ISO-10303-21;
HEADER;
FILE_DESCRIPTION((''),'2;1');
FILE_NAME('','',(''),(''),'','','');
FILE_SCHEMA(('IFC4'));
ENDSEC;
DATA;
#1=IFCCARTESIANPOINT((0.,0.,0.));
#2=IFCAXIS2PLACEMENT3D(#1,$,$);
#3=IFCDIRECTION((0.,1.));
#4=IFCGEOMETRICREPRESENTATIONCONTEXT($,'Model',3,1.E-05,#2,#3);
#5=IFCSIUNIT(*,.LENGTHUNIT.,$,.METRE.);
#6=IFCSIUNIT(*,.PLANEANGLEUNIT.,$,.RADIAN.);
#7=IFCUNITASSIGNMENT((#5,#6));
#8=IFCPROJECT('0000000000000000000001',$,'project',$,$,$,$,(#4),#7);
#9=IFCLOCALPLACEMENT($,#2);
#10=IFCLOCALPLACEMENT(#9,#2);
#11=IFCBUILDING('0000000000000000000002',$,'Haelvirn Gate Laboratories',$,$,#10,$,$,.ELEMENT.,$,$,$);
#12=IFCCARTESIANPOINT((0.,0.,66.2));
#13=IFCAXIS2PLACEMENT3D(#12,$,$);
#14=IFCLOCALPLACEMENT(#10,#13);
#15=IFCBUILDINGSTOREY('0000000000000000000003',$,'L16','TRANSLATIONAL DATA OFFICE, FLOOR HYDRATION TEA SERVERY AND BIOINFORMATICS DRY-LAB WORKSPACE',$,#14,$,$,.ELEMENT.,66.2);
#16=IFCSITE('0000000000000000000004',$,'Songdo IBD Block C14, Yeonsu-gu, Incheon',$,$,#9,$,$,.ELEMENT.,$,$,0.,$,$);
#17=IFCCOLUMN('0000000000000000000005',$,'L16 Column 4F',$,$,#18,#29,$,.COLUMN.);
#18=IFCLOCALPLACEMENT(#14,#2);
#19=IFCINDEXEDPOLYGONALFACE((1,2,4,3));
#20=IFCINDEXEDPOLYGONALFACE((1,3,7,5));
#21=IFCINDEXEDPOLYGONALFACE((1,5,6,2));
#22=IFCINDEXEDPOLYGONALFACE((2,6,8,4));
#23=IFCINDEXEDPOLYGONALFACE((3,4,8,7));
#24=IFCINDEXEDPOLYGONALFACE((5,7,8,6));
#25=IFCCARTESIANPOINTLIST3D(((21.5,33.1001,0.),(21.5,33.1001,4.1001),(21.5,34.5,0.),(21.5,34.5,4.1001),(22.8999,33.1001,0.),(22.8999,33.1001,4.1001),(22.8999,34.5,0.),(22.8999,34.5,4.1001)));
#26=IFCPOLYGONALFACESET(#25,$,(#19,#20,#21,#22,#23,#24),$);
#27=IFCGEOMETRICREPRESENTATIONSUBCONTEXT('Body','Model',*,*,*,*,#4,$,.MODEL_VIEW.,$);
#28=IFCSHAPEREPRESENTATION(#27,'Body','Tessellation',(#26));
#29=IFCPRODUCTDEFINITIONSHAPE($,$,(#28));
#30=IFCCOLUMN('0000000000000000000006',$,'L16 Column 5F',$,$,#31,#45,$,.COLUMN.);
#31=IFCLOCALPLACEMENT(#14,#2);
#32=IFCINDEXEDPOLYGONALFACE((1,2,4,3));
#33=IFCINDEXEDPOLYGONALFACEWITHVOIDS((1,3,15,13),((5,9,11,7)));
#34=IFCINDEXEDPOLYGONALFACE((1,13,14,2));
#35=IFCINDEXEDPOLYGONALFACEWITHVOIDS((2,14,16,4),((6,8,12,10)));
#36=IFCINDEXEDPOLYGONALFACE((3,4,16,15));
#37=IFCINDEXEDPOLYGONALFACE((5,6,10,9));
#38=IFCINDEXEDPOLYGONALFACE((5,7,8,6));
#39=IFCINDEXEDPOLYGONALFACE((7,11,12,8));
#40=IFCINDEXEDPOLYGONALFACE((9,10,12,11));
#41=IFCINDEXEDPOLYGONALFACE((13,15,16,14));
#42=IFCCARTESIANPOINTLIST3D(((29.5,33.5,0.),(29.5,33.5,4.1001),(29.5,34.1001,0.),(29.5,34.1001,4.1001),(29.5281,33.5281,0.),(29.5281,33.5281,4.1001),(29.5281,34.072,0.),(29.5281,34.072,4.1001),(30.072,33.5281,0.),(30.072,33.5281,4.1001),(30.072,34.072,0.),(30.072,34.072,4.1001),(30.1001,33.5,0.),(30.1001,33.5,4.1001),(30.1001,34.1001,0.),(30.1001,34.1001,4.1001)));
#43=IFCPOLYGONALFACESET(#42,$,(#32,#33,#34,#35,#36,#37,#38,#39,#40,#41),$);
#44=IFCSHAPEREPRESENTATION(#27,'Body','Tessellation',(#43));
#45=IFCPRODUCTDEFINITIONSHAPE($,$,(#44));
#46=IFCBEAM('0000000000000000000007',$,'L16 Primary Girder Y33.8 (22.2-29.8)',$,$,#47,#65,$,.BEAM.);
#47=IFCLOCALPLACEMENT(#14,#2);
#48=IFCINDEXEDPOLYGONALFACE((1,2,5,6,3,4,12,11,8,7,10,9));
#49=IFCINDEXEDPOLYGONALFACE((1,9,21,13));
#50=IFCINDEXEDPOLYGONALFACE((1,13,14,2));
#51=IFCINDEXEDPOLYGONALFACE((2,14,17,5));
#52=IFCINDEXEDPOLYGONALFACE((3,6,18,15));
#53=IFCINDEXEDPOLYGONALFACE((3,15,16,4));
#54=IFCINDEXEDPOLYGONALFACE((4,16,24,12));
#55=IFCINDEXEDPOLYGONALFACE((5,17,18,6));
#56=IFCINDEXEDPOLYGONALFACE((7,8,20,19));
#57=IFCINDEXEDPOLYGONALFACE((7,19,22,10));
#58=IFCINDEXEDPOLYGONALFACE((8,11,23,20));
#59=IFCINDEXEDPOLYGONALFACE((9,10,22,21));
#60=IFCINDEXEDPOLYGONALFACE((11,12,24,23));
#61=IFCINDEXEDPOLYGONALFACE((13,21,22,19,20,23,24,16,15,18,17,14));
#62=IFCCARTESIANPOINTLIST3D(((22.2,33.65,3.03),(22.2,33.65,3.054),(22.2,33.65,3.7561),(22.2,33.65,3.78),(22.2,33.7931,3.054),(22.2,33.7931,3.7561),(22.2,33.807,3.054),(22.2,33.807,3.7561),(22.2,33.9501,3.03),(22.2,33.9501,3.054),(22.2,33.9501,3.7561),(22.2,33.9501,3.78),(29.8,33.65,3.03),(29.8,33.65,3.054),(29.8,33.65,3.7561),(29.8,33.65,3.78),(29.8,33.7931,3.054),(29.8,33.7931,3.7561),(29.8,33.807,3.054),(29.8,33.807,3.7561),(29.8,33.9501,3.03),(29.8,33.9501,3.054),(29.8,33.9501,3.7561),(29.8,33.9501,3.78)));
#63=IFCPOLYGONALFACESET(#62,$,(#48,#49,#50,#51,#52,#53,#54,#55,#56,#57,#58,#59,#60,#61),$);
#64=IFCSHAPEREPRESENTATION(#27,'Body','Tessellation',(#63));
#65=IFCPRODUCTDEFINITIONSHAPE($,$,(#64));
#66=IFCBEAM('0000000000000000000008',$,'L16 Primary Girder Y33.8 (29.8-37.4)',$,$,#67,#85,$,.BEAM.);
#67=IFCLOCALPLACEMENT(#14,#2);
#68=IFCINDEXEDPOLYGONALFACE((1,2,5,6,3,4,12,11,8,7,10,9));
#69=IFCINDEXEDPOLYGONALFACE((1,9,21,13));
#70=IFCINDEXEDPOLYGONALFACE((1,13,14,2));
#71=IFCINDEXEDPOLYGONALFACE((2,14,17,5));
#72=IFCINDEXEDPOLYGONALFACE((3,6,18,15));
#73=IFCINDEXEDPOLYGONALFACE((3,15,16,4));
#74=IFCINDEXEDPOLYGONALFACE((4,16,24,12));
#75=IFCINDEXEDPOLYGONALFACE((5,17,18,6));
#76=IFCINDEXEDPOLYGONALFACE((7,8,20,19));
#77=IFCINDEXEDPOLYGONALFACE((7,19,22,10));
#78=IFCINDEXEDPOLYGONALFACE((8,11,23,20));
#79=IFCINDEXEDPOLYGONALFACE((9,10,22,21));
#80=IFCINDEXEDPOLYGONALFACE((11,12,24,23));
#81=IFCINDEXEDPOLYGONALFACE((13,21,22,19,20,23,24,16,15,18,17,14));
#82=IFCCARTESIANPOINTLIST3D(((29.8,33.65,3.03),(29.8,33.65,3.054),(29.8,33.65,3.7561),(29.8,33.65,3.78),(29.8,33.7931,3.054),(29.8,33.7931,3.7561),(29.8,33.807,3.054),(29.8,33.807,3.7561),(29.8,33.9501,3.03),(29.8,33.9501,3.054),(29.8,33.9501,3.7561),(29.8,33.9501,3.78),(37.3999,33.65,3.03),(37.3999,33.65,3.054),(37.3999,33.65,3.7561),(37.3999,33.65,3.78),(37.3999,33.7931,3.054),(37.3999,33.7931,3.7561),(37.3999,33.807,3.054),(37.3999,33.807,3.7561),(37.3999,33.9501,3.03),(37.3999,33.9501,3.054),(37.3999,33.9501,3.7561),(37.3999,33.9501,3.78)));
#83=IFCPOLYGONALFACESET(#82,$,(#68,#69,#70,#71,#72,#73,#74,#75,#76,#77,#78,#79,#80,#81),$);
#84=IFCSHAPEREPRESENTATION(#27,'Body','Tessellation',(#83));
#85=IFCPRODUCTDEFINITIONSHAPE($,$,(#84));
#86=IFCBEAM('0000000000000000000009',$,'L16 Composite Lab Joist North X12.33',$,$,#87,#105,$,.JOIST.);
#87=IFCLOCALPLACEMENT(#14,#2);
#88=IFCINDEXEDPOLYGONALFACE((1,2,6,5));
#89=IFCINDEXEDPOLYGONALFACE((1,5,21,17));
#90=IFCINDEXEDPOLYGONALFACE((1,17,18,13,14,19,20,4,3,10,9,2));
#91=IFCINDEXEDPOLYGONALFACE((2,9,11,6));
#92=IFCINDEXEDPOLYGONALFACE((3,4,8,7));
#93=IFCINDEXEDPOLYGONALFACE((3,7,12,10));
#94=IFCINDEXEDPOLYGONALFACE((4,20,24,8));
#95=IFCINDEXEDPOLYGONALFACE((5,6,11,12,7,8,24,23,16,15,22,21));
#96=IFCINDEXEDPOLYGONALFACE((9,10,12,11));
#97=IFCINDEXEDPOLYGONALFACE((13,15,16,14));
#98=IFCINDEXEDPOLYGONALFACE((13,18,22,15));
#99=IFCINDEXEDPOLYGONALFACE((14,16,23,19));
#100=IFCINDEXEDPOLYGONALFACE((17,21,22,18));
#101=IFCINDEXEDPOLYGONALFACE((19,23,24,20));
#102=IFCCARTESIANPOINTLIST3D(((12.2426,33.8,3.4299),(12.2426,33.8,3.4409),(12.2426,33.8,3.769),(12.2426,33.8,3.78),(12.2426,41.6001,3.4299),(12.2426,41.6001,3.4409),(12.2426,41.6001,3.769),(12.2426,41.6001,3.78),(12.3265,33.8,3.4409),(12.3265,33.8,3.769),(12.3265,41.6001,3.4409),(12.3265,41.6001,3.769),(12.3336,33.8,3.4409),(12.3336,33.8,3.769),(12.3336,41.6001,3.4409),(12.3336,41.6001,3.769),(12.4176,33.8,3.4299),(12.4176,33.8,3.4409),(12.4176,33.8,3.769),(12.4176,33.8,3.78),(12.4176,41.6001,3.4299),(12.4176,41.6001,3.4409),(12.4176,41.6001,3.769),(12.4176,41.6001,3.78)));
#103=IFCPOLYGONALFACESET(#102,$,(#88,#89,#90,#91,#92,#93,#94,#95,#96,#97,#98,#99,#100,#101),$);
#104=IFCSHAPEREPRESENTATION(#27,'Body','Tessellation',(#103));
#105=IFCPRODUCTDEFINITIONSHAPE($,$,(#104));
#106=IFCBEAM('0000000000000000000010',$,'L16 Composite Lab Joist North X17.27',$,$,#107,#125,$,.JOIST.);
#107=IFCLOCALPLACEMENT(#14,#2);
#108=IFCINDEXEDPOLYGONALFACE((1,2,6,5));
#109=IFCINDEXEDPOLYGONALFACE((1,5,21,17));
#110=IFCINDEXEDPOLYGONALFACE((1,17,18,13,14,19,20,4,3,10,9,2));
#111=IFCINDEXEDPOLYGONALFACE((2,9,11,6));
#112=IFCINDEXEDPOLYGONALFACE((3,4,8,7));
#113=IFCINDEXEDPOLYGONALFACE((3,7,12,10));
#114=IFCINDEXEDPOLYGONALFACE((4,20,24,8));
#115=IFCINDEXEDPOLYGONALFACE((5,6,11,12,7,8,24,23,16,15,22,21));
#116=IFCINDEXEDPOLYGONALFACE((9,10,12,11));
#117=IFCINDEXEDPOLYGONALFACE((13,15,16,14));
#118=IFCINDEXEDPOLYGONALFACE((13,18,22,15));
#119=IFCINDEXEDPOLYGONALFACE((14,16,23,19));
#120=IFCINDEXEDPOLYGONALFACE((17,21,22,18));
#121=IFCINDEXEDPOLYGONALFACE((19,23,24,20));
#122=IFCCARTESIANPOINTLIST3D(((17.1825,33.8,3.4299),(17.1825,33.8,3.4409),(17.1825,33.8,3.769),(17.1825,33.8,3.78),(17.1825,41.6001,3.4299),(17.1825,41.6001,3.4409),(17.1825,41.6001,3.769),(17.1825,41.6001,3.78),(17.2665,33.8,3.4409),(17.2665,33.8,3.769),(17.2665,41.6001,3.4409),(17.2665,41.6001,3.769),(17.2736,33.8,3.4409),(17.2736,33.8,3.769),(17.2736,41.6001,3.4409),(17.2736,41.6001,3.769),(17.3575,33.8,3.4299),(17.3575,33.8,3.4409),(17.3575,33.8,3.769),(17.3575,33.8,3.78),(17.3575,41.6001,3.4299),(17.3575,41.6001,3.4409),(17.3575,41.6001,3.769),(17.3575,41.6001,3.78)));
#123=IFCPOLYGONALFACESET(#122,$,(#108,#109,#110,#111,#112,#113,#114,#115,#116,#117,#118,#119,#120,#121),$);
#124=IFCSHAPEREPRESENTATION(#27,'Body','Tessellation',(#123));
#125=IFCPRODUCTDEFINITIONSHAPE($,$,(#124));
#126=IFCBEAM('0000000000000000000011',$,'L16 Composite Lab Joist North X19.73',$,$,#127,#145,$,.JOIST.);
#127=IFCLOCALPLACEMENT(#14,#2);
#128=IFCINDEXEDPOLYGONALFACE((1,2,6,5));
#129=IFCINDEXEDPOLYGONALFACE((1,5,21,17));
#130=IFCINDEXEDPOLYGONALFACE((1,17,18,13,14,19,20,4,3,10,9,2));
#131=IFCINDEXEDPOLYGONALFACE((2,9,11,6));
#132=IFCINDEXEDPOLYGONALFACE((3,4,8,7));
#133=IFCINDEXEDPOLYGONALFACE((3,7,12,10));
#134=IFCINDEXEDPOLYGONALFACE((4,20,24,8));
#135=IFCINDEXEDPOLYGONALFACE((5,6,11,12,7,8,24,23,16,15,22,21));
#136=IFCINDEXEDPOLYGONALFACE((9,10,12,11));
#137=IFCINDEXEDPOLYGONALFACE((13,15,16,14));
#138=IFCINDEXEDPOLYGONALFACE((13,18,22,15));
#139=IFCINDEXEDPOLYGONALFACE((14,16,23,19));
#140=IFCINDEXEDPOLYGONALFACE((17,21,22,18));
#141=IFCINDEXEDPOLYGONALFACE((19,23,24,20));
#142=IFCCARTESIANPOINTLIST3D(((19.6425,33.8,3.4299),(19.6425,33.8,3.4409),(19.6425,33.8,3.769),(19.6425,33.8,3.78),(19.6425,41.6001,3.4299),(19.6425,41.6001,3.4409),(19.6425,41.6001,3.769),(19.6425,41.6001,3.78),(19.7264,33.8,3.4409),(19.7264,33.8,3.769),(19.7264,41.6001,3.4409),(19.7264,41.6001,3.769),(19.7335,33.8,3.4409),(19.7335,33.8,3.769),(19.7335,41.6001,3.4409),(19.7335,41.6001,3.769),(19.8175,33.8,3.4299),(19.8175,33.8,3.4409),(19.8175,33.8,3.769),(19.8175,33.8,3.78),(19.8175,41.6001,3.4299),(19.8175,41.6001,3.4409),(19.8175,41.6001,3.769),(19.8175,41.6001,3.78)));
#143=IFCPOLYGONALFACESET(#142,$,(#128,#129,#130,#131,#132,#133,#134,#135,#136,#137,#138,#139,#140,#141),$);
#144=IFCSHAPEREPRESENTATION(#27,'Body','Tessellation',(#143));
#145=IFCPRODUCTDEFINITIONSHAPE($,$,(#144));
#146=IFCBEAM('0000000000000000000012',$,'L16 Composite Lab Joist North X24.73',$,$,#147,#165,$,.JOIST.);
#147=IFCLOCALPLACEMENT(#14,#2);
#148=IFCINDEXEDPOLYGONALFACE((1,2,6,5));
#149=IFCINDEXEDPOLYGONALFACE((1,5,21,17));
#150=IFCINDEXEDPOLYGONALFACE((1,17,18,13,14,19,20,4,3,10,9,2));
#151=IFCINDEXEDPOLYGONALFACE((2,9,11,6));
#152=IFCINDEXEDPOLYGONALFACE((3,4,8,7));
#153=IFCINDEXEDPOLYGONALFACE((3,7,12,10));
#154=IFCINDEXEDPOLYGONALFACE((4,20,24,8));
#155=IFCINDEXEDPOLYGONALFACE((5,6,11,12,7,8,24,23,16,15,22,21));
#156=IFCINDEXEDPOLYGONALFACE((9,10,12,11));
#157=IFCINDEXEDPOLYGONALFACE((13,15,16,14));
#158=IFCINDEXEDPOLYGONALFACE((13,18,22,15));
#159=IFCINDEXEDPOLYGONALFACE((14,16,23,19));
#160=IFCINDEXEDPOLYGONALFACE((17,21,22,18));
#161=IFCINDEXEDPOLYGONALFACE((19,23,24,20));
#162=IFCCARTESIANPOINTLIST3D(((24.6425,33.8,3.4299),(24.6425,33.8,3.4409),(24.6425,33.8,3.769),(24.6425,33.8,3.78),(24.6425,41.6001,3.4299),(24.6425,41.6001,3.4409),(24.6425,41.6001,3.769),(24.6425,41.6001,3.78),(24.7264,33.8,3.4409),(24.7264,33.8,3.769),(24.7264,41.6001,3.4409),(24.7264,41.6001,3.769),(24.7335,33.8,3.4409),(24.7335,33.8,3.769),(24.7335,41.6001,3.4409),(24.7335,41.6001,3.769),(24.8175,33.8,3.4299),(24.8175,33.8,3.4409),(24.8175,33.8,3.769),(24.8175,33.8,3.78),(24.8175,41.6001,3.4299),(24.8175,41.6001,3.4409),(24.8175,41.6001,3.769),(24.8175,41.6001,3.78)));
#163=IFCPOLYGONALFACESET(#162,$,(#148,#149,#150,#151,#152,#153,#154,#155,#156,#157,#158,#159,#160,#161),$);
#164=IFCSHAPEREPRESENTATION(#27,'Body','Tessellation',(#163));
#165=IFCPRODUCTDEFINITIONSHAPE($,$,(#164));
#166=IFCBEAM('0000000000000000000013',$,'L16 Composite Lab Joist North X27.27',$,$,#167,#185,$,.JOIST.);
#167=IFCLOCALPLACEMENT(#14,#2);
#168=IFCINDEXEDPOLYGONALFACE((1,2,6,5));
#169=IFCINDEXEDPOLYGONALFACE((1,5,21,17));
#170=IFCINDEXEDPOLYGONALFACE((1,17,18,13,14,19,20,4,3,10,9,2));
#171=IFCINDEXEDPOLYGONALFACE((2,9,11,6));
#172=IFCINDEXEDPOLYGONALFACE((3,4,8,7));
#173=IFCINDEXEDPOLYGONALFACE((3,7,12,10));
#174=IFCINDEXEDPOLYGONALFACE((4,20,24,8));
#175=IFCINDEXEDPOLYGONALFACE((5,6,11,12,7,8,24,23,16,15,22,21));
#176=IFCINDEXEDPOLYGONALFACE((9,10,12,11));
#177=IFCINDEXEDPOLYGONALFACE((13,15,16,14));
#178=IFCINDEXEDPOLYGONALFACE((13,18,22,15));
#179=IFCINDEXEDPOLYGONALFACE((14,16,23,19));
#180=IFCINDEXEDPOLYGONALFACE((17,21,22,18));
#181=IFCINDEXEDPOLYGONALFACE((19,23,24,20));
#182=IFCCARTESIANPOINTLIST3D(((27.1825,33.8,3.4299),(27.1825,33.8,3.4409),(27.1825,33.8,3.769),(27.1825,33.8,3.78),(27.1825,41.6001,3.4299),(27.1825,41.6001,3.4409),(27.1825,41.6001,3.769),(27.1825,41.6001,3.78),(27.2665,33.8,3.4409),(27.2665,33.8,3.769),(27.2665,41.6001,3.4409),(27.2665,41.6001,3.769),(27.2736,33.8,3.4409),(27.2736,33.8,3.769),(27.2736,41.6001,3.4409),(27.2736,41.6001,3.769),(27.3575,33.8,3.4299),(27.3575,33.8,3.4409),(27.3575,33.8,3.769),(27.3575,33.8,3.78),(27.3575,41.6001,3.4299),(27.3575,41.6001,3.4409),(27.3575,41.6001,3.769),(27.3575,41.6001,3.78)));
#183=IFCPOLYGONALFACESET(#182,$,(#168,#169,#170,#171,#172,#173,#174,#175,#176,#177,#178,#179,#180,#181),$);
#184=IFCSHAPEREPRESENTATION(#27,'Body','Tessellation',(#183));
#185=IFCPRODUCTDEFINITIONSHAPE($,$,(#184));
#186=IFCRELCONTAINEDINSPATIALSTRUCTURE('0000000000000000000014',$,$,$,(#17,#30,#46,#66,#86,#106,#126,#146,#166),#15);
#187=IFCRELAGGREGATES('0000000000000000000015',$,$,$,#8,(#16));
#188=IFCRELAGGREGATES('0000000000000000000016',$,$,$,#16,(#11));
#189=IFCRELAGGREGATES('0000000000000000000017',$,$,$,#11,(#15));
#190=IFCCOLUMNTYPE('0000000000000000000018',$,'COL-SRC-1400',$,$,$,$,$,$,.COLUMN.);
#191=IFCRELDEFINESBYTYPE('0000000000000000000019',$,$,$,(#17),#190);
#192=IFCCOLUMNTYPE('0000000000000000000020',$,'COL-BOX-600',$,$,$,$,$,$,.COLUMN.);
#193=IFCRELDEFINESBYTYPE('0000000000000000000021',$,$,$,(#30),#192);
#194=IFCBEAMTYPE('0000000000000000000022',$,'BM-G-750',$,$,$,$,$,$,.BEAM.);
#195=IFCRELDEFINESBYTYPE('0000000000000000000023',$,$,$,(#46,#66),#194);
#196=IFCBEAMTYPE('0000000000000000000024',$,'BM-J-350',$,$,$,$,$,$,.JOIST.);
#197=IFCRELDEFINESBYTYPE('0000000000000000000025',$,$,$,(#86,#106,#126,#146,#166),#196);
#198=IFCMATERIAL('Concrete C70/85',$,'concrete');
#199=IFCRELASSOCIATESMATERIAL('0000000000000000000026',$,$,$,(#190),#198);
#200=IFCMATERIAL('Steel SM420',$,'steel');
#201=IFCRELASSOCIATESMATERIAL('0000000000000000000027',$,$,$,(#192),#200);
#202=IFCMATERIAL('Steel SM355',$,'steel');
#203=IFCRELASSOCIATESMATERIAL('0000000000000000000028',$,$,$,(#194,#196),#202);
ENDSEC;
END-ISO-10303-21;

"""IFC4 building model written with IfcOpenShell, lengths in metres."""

from ifc_helpers import new_model, si_unit, direction, frame, origin, origin_2d, place, context, subcontext, project, spatial, rectangle, hollow_rectangle, i_section, extrude, source, transform, mapped, material, material_profile, profile_set, type_object, type_shapes, element, save


model = new_model("IFC4")

# Units and contexts
model_context = context("Model", 3, precision=1e-05, world=origin(), true_north=direction((0.0, 1.0)))
body_context = subcontext(model_context, "Body", "Model", "MODEL_VIEW")
ifc_project = project(units=[si_unit("LENGTHUNIT", "METRE"), si_unit("PLANEANGLEUNIT", "RADIAN")], contexts=[model_context])

# Site, building, storey
site_placement = place(None, origin())
site = spatial("IfcSite", under=ifc_project, at=site_placement, Name="Songdo IBD Block C14, Yeonsu-gu, Incheon", CompositionType="ELEMENT", RefElevation=0.0)
building_placement = place(site_placement, origin())
building = spatial("IfcBuilding", under=site, at=building_placement, Name="Haelvirn Gate Laboratories", CompositionType="ELEMENT")
storey_placement = place(building_placement, frame((0.0, 0.0, 66.2)))
storey = spatial("IfcBuildingStorey", under=building, at=storey_placement, Name="L16", Description="TRANSLATIONAL DATA OFFICE, FLOOR HYDRATION TEA SERVERY AND BIOINFORMATICS DRY-LAB WORKSPACE", CompositionType="ELEMENT", Elevation=66.2)

# Columns
ifc_material_1 = material(Name="Concrete C70/85", Category="concrete")
ifc_material_profile_1 = material_profile(ifc_material_1, rectangle(XDim=1.3999, YDim=1.3999, at=origin_2d()), Name="SRC-1400x1400")
ifc_profile_set_1 = profile_set([ifc_material_profile_1], Name="Concrete C70/85")
column_type_1 = type_object("IfcColumnType", Name="COL-SRC-1400", PredefinedType="COLUMN", material=ifc_profile_set_1)
shared_shape_1 = source(origin(), body_context, "Body", "SweptSolid", [
    extrude(rectangle(XDim=1.3999, YDim=1.3999, at=origin_2d()), origin(), (0.0, 0.0, 1.0), 4.1001),
])
type_shapes(column_type_1, [shared_shape_1])
column_1_placement = place(storey_placement, frame((22.2, 33.8, 0.0), z_axis=(0.0, 0.0, 1.0), x_axis=(1.0, 0.0, 0.0)))
element("IfcColumn", 1, at=column_1_placement, inside=storey, type_object=column_type_1, Name="L16 Column 4F", PredefinedType="COLUMN", context=body_context, shape_type="MappedRepresentation", body=[
    mapped(shared_shape_1, transform((0.0, 0.0, 0.0), scale=1.0)),
])
ifc_material_2 = material(Name="Steel SM420", Category="steel")
ifc_material_profile_2 = material_profile(ifc_material_2, hollow_rectangle(XDim=0.6001, YDim=0.6001, WallThickness=0.0281, at=origin_2d()), Name="BOX-600x600x28")
ifc_profile_set_2 = profile_set([ifc_material_profile_2], Name="Steel SM420")
column_type_2 = type_object("IfcColumnType", Name="COL-BOX-600", PredefinedType="COLUMN", material=ifc_profile_set_2)
shared_shape_2 = source(origin(), body_context, "Body", "SweptSolid", [
    extrude(hollow_rectangle(XDim=0.6001, YDim=0.6001, WallThickness=0.0281, at=origin_2d()), origin(), (0.0, 0.0, 1.0), 4.1001),
])
type_shapes(column_type_2, [shared_shape_2])
column_2_placement = place(storey_placement, frame((29.8, 33.8, 0.0), z_axis=(0.0, 0.0, 1.0), x_axis=(1.0, 0.0, 0.0)))
element("IfcColumn", 2, at=column_2_placement, inside=storey, type_object=column_type_2, Name="L16 Column 5F", PredefinedType="COLUMN", context=body_context, shape_type="MappedRepresentation", body=[
    mapped(shared_shape_2, transform((0.0, 0.0, 0.0), scale=1.0)),
])

# Beams
ifc_material_3 = material(Name="Steel SM355", Category="steel")
ifc_material_profile_3 = material_profile(ifc_material_3, i_section(OverallWidth=0.3, OverallDepth=0.75, WebThickness=0.0139, FlangeThickness=0.0239, at=origin_2d()), Name="H-750x300x14x24")
ifc_profile_set_3 = profile_set([ifc_material_profile_3], Name="Steel SM355")
beam_type_1 = type_object("IfcBeamType", Name="BM-G-750", PredefinedType="BEAM", material=ifc_profile_set_3)
shared_shape_3 = source(origin(), body_context, "Body", "SweptSolid", [
    extrude(i_section(OverallWidth=0.3, OverallDepth=0.75, WebThickness=0.0139, FlangeThickness=0.0239, at=origin_2d()), origin(), (0.0, 0.0, 1.0), 7.6001),
])
beam_1_placement = place(storey_placement, frame((22.2, 33.8, 3.405), z_axis=(1.0, 0.0, 0.0), x_axis=(0.0, 1.0, 0.0)))
element("IfcBeam", 3, at=beam_1_placement, inside=storey, type_object=beam_type_1, Name="L16 Primary Girder Y33.8 (22.2-29.8)", PredefinedType="BEAM", context=body_context, shape_type="MappedRepresentation", body=[
    mapped(shared_shape_3, transform((0.0, 0.0, 0.0), scale=1.0)),
])
shared_shape_4 = source(origin(), body_context, "Body", "SweptSolid", [
    extrude(i_section(OverallWidth=0.3, OverallDepth=0.75, WebThickness=0.0139, FlangeThickness=0.0239, at=origin_2d()), origin(), (0.0, 0.0, 1.0), 7.5999),
])
type_shapes(beam_type_1, [shared_shape_3, shared_shape_4])
beam_2_placement = place(storey_placement, frame((29.8, 33.8, 3.405), z_axis=(1.0, 0.0, 0.0), x_axis=(0.0, 1.0, 0.0)))
element("IfcBeam", 4, at=beam_2_placement, inside=storey, type_object=beam_type_1, Name="L16 Primary Girder Y33.8 (29.8-37.4)", PredefinedType="BEAM", context=body_context, shape_type="MappedRepresentation", body=[
    mapped(shared_shape_4, transform((0.0, 0.0, 0.0), scale=1.0)),
])
ifc_material_profile_4 = material_profile(ifc_material_3, i_section(OverallWidth=0.175, OverallDepth=0.3501, WebThickness=0.0071, FlangeThickness=0.011, at=origin_2d()), Name="H-350x175x7x11")
ifc_profile_set_4 = profile_set([ifc_material_profile_4], Name="Steel SM355")
beam_type_2 = type_object("IfcBeamType", Name="BM-J-350", PredefinedType="JOIST", material=ifc_profile_set_4)
shared_shape_5 = source(origin(), body_context, "Body", "SweptSolid", [
    extrude(i_section(OverallWidth=0.175, OverallDepth=0.3501, WebThickness=0.0071, FlangeThickness=0.011, at=origin_2d()), origin(), (0.0, 0.0, 1.0), 7.8),
])
type_shapes(beam_type_2, [shared_shape_5])
for number, where, z_axis, x_axis, name in (
    (5, (12.3301, 33.8, 3.605), (0.0, 1.0, 0.0), (-1.0, 0.0, 0.0), "L16 Composite Lab Joist North X12.33"),
    (6, (17.27, 33.8, 3.605), (0.0, 1.0, 0.0), (-1.0, 0.0, 0.0), "L16 Composite Lab Joist North X17.27"),
    (7, (19.73, 33.8, 3.605), (0.0, 1.0, 0.0), (-1.0, 0.0, 0.0), "L16 Composite Lab Joist North X19.73"),
    (8, (24.73, 33.8, 3.605), (0.0, 1.0, 0.0), (-1.0, 0.0, 0.0), "L16 Composite Lab Joist North X24.73"),
    (9, (27.27, 33.8, 3.605), (0.0, 1.0, 0.0), (-1.0, 0.0, 0.0), "L16 Composite Lab Joist North X27.27"),
):
    element("IfcBeam", number, at=place(storey_placement, frame(where, z_axis=z_axis, x_axis=x_axis)), inside=storey, type_object=beam_type_2, Name=name, PredefinedType="JOIST", context=body_context, shape_type="MappedRepresentation", body=[
        mapped(shared_shape_5, transform((0.0, 0.0, 0.0), scale=1.0)),
    ])

save(model, "model.ifc")
